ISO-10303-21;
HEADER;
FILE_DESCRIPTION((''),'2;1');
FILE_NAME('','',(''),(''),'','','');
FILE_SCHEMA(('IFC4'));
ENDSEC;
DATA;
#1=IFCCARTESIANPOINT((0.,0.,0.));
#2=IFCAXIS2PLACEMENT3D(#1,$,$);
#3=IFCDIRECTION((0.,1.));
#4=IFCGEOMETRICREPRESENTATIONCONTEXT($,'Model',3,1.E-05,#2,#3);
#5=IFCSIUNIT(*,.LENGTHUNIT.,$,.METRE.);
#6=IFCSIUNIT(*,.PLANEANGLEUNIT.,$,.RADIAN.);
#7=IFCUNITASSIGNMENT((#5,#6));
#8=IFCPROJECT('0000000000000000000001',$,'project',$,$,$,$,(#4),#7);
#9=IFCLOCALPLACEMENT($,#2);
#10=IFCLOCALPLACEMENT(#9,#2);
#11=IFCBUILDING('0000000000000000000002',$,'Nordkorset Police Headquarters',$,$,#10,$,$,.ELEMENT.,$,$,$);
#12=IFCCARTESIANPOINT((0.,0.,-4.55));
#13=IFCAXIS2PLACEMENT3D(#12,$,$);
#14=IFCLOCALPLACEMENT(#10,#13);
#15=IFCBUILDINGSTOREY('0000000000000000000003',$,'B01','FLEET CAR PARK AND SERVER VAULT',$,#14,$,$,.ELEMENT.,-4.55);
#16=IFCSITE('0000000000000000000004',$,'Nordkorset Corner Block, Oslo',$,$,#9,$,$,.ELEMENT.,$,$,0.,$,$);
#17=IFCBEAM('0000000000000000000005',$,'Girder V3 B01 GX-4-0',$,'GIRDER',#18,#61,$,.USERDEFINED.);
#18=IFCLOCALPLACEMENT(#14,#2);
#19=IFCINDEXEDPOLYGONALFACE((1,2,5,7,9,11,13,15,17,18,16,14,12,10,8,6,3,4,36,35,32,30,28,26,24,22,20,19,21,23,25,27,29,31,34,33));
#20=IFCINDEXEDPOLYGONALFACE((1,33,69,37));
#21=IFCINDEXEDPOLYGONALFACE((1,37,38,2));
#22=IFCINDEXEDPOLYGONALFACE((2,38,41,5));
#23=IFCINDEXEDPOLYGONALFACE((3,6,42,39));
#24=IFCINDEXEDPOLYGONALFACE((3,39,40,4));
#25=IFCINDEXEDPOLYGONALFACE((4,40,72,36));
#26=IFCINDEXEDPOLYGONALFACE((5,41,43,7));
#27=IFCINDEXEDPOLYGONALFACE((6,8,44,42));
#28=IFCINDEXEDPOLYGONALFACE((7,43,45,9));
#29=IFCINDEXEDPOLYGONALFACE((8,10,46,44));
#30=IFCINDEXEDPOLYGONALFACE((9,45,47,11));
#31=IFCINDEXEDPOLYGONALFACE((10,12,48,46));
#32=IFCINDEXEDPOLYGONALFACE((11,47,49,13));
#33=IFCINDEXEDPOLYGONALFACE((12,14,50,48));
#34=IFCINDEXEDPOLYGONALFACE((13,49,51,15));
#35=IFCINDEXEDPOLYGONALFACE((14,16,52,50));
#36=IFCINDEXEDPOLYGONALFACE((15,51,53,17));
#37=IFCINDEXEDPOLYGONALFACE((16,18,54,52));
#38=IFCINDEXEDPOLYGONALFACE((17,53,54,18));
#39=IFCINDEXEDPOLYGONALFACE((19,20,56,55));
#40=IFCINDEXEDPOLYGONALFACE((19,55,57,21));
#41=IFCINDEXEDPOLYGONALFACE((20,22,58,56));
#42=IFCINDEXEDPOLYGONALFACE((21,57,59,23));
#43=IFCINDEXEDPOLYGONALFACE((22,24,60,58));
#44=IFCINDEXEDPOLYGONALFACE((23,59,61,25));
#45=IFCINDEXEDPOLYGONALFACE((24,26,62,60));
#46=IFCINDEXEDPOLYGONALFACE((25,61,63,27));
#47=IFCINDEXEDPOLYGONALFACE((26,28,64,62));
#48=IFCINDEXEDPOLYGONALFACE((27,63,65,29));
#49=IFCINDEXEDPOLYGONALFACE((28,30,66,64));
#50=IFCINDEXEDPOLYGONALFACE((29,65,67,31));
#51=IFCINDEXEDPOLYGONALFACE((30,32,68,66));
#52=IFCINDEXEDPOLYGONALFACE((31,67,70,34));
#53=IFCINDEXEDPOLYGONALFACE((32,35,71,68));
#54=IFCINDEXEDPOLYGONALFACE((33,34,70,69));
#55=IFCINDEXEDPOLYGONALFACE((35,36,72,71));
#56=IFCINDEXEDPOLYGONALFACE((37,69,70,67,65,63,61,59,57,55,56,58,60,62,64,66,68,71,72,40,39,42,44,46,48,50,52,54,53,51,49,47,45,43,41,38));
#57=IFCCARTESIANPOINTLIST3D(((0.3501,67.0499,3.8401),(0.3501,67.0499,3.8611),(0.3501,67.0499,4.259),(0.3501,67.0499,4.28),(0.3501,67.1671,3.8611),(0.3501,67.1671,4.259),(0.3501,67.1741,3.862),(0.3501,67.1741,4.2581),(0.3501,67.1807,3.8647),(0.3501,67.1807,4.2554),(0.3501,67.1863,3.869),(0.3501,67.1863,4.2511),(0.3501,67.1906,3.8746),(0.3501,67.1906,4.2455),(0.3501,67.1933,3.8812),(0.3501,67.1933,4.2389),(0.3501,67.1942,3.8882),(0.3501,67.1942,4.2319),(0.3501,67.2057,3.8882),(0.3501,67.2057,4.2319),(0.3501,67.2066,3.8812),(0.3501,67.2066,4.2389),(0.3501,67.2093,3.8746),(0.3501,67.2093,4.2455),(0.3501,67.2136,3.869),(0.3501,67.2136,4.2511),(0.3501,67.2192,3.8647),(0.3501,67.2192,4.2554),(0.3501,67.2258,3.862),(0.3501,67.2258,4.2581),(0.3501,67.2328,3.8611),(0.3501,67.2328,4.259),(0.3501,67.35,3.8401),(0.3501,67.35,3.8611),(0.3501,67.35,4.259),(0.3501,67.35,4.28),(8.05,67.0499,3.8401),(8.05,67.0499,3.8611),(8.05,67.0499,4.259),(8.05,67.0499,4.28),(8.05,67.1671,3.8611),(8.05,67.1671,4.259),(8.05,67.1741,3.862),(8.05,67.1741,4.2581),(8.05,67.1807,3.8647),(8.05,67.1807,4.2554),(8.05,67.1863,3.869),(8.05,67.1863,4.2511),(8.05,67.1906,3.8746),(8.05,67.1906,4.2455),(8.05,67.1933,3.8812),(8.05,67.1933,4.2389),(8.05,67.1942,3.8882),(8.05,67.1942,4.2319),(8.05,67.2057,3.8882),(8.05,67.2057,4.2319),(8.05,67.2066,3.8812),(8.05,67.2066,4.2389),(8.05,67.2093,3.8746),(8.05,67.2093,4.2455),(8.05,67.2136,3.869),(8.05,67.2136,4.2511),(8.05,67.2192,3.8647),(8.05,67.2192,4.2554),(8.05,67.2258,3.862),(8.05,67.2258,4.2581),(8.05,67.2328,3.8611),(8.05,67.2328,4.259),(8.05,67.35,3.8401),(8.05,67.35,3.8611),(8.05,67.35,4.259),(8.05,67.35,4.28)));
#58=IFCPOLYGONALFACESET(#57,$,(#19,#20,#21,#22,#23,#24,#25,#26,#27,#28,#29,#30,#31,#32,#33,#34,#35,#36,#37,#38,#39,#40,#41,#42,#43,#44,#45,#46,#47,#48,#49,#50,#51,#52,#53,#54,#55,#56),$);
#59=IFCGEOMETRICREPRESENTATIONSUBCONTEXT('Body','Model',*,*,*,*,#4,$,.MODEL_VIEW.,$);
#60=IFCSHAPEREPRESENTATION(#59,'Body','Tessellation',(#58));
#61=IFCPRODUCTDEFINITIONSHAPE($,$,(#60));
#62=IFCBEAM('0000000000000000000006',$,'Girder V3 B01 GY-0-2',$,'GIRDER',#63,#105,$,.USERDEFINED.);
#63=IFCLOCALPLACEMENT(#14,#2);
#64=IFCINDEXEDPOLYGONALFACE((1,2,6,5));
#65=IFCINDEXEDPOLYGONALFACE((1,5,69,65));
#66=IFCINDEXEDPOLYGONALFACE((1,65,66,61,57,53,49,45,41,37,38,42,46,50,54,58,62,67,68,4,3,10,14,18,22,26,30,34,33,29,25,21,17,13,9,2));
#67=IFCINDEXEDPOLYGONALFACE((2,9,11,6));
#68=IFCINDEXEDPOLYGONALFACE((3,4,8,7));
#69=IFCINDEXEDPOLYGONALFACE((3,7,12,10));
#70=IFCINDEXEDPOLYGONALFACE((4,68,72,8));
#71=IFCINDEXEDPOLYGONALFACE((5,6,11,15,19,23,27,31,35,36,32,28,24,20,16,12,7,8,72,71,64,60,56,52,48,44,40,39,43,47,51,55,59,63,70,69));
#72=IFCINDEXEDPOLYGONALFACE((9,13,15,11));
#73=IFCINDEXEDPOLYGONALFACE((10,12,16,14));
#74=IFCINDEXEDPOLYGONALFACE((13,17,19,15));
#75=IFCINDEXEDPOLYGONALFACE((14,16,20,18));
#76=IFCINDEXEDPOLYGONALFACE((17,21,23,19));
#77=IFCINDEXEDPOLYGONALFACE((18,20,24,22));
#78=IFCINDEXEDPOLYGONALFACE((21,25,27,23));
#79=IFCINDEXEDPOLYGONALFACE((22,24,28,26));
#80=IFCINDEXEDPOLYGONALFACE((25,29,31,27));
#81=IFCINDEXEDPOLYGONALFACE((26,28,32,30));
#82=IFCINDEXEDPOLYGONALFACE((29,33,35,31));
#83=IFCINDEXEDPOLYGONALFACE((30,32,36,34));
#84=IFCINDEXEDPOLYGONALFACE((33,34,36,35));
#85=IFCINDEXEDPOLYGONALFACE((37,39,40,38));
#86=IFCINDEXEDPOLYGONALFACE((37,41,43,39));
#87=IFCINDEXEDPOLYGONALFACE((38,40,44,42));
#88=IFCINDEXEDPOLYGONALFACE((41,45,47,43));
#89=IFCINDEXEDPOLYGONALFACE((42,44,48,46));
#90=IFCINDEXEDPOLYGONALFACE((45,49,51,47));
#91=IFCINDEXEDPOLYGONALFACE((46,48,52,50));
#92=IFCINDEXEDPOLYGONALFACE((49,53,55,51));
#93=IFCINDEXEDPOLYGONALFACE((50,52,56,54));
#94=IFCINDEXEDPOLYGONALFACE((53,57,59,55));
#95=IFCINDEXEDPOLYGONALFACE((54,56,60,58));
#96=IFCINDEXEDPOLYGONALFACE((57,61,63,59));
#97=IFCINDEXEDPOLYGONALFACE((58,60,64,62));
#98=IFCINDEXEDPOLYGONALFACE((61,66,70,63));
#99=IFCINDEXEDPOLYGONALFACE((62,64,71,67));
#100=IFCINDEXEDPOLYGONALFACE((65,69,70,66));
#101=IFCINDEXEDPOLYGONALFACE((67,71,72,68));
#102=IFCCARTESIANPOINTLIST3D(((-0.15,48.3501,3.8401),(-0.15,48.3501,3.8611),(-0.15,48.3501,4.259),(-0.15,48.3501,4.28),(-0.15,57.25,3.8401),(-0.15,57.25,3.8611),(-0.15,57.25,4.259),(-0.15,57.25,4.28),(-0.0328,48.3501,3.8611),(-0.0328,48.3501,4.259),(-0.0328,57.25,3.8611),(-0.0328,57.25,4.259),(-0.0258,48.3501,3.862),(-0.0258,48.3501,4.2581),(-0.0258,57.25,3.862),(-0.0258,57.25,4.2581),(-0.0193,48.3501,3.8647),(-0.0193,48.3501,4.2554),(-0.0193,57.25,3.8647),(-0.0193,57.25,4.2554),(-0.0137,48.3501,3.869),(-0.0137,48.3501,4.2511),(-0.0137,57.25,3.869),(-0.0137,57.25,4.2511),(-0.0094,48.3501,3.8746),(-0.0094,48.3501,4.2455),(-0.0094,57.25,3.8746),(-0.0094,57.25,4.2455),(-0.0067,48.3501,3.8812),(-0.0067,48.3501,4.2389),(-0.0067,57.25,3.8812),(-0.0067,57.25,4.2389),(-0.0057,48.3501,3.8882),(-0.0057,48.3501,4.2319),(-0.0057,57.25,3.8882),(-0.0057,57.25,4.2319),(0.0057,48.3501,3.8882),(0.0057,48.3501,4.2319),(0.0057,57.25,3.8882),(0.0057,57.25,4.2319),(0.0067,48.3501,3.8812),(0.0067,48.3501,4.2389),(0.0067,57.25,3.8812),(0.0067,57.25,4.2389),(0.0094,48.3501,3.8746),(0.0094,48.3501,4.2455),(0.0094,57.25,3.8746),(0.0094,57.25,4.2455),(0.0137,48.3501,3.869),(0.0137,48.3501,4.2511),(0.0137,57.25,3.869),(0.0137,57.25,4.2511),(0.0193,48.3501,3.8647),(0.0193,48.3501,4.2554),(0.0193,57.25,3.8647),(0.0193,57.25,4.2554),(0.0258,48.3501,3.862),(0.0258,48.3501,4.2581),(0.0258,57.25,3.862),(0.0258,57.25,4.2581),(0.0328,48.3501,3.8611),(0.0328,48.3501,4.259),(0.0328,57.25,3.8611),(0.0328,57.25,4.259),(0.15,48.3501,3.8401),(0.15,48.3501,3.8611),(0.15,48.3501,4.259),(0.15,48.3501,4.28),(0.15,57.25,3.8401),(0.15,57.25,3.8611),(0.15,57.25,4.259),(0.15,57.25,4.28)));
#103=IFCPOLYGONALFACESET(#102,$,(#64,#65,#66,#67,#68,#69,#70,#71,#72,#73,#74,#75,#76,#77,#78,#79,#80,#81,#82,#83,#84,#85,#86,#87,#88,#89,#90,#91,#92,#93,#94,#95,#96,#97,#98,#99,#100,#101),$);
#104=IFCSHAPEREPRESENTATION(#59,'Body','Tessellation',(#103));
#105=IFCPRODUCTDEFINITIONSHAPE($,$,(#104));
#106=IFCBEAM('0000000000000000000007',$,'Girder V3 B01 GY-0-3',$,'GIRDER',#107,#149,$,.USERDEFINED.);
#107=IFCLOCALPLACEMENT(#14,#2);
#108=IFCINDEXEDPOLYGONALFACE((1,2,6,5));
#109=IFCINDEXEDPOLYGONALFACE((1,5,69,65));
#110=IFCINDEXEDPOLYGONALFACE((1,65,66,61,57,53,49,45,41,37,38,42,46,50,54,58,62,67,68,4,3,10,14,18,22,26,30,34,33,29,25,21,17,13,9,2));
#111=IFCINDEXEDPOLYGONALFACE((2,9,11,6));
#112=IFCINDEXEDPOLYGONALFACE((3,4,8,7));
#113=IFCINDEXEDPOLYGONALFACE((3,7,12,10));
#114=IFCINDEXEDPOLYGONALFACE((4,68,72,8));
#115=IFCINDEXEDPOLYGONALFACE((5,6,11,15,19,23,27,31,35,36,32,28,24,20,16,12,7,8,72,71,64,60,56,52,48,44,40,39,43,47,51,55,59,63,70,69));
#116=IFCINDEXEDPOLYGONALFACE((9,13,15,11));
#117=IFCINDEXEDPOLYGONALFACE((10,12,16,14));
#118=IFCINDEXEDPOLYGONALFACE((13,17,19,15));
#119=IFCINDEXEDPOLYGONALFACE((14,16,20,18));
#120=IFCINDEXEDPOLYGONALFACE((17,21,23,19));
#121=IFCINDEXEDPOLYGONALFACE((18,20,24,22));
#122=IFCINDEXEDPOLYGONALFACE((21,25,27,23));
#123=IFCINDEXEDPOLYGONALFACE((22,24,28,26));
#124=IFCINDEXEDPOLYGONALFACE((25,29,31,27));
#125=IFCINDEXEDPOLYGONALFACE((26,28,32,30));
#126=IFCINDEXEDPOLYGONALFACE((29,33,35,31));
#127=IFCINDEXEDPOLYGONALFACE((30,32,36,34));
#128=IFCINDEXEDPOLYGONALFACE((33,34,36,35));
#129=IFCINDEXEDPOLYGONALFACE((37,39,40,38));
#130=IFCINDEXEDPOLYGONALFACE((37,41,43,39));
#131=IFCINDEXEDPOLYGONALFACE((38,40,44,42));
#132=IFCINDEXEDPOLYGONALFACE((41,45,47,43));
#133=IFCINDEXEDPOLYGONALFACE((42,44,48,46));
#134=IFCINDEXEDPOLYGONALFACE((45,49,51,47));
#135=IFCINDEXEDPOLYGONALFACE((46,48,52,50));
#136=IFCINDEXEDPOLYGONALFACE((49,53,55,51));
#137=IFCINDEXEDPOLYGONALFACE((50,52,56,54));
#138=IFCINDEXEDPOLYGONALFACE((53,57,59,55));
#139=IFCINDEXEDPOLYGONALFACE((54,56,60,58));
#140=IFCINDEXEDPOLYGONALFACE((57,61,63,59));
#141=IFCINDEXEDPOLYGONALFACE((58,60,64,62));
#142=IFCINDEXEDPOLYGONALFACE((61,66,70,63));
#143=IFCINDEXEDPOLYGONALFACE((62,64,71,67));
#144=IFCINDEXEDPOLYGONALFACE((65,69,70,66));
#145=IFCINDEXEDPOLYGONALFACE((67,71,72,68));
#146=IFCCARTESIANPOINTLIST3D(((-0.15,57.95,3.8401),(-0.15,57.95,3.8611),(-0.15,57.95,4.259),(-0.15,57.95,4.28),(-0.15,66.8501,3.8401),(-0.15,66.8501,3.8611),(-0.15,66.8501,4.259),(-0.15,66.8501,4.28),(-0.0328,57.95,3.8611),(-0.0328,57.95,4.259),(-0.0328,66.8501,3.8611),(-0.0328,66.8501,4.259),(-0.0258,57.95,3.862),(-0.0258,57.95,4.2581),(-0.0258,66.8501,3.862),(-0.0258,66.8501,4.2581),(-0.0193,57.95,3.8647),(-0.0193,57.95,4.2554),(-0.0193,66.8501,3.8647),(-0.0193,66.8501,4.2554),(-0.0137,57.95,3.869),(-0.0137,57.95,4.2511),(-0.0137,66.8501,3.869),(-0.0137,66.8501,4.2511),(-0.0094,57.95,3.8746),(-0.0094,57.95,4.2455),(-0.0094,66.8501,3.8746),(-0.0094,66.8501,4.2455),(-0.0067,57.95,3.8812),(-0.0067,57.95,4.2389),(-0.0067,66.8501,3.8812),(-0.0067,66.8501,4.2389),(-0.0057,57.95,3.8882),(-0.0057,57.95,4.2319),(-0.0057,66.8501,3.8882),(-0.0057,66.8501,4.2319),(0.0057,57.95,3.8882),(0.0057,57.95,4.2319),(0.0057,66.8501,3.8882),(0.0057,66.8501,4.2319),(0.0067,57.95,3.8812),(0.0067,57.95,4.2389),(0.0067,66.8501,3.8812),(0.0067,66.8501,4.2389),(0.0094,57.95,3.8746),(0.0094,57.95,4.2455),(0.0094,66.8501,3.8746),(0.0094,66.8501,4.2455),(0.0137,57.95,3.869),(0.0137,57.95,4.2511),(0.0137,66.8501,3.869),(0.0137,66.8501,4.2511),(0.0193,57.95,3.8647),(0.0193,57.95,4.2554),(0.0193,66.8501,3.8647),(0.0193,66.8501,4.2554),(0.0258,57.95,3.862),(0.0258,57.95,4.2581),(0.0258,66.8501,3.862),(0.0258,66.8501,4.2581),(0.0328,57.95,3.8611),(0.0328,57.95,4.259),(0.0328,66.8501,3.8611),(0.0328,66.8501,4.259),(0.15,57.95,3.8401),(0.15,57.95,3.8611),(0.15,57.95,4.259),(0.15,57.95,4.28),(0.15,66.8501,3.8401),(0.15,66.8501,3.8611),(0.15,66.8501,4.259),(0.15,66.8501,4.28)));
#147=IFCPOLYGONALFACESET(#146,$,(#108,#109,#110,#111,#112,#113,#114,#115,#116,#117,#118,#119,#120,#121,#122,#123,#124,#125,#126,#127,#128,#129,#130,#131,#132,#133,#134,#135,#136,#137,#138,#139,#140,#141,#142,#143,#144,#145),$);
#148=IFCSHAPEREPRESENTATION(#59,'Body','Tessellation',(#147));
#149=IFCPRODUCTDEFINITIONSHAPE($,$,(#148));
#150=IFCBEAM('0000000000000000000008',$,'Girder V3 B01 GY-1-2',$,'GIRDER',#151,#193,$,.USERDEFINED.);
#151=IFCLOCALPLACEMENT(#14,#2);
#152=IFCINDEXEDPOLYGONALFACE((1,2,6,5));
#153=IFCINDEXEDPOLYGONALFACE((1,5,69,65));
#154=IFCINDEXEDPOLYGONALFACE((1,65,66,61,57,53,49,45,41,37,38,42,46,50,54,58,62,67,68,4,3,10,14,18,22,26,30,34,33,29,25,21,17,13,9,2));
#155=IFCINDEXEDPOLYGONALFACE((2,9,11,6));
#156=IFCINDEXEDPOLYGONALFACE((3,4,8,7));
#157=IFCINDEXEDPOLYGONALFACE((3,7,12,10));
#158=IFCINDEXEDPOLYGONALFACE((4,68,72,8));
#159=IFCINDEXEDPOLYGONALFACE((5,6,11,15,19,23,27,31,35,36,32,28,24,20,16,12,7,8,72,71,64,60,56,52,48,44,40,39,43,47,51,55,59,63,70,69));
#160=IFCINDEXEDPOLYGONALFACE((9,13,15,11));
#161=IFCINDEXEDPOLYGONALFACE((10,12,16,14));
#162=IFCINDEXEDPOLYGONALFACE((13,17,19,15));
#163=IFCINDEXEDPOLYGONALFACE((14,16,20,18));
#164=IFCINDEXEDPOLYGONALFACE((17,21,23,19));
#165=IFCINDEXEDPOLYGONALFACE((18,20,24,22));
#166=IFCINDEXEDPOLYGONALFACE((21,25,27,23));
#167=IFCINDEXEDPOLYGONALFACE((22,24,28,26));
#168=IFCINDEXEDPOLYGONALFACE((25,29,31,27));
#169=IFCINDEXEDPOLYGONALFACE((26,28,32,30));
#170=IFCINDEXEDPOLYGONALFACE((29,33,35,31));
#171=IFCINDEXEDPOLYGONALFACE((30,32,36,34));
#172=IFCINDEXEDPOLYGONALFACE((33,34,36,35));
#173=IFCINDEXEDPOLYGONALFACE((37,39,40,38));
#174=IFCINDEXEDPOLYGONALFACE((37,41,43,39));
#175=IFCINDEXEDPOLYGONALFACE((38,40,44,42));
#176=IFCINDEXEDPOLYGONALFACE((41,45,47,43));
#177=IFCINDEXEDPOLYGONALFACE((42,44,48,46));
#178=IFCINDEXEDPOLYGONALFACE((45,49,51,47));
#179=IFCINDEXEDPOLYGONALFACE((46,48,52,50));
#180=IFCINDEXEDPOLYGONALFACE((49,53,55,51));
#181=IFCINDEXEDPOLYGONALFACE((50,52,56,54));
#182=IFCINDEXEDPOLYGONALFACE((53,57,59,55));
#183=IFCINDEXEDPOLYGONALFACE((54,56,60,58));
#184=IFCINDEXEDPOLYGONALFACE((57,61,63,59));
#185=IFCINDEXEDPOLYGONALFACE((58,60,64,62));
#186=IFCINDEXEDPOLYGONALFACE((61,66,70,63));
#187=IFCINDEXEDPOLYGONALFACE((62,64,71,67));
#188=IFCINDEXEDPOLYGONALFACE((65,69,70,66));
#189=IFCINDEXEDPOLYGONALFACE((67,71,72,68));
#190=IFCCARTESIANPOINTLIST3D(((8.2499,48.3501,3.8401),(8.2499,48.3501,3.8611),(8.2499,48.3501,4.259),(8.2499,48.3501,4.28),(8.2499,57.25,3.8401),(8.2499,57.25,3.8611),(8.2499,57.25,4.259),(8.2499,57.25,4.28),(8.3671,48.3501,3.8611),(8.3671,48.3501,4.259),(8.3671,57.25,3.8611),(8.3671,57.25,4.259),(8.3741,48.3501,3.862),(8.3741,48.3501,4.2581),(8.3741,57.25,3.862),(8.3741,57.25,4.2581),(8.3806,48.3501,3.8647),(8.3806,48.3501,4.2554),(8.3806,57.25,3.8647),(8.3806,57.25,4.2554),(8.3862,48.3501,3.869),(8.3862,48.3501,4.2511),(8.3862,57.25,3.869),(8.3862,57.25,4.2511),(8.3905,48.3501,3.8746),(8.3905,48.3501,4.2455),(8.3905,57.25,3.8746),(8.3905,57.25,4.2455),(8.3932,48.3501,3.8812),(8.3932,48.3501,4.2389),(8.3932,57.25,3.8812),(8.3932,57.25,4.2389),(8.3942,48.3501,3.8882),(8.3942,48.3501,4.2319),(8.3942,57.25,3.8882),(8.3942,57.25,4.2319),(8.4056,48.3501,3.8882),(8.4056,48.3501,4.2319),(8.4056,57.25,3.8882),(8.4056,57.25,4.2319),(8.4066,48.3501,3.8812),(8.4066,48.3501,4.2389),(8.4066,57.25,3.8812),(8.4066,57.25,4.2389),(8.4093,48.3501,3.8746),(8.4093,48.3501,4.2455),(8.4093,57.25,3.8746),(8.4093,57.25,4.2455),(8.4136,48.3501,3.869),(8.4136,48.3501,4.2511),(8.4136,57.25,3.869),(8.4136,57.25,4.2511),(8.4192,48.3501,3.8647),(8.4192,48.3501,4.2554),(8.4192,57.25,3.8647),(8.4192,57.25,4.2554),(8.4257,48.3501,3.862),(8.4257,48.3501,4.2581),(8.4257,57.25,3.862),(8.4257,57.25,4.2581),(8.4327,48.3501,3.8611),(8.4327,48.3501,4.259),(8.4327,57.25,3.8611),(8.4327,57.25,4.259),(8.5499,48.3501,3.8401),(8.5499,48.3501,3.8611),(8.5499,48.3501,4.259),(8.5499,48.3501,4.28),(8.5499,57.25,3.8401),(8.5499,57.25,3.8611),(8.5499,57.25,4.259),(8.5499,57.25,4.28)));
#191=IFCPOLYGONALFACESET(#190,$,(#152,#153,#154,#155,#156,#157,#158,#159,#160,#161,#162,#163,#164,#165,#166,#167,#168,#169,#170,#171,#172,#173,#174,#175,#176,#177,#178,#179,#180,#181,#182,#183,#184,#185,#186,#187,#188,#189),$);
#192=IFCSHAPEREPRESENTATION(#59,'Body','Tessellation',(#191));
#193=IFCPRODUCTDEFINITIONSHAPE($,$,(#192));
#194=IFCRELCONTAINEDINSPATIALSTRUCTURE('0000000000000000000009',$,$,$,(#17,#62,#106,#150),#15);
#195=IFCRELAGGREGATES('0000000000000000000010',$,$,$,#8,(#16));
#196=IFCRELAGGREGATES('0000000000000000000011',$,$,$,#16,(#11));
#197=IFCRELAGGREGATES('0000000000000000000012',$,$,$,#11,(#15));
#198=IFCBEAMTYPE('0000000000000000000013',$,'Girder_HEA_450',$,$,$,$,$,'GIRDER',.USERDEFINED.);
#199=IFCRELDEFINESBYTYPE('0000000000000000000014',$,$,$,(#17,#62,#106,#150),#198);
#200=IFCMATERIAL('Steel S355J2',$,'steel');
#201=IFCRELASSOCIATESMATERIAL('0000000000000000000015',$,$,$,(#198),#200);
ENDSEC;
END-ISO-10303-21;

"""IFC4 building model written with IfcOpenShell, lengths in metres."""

from ifc_helpers import new_model, si_unit, direction, frame, origin, origin_2d, place, context, subcontext, project, spatial, i_section, extrude, material, material_profile, profile_set, type_object, element, save


model = new_model("IFC4")

# Units and contexts
model_context = context("Model", 3, precision=1e-05, world=origin(), true_north=direction((0.0, 1.0)))
body_context = subcontext(model_context, "Body", "Model", "MODEL_VIEW")
ifc_project = project(units=[si_unit("LENGTHUNIT", "METRE"), si_unit("PLANEANGLEUNIT", "RADIAN")], contexts=[model_context])

# Site, building, storey
site_placement = place(None, origin())
site = spatial("IfcSite", under=ifc_project, at=site_placement, Name="Nordkorset Corner Block, Oslo", CompositionType="ELEMENT", RefElevation=0.0)
building_placement = place(site_placement, origin())
building = spatial("IfcBuilding", under=site, at=building_placement, Name="Nordkorset Police Headquarters", CompositionType="ELEMENT")
storey_placement = place(building_placement, frame((0.0, 0.0, -4.55)))
storey = spatial("IfcBuildingStorey", under=building, at=storey_placement, Name="B01", Description="FLEET CAR PARK AND SERVER VAULT", CompositionType="ELEMENT", Elevation=-4.55)

# Beams
ifc_material_1 = material(Name="Steel S355J2", Category="steel")
ifc_material_profile_1 = material_profile(ifc_material_1, i_section(OverallWidth=0.3, OverallDepth=0.4399, WebThickness=0.0115, FlangeThickness=0.021, FilletRadius=0.0271, at=origin_2d()), Name="HEA 450")
ifc_profile_set_1 = profile_set([ifc_material_profile_1], Name="Steel S355J2")
beam_type_1 = type_object("IfcBeamType", Name="Girder_HEA_450", ElementType="GIRDER", PredefinedType="USERDEFINED", material=ifc_profile_set_1)
beam_1_placement = place(storey_placement, frame((0.3501, 67.2, 4.0601), z_axis=(1.0, 0.0, 0.0), x_axis=(0.0, 1.0, 0.0)))
element("IfcBeam", 1, at=beam_1_placement, inside=storey, type_object=beam_type_1, Name="Girder V3 B01 GX-4-0", ObjectType="GIRDER", PredefinedType="USERDEFINED", context=body_context, shape_type="SweptSolid", body=[
    extrude(i_section(OverallWidth=0.3, OverallDepth=0.4399, WebThickness=0.0115, FlangeThickness=0.021, FilletRadius=0.0271, at=origin_2d()), origin(), (0.0, 0.0, 1.0), 7.7),
])
beam_2_placement = place(storey_placement, frame((0.0, 48.3501, 4.0601), z_axis=(0.0, 1.0, 0.0), x_axis=(-1.0, 0.0, 0.0)))
element("IfcBeam", 2, at=beam_2_placement, inside=storey, type_object=beam_type_1, Name="Girder V3 B01 GY-0-2", ObjectType="GIRDER", PredefinedType="USERDEFINED", context=body_context, shape_type="SweptSolid", body=[
    extrude(i_section(OverallWidth=0.3, OverallDepth=0.4399, WebThickness=0.0115, FlangeThickness=0.021, FilletRadius=0.0271, at=origin_2d()), origin(), (0.0, 0.0, 1.0), 8.8999),
])
beam_3_placement = place(storey_placement, frame((0.0, 57.95, 4.0601), z_axis=(0.0, 1.0, 0.0), x_axis=(-1.0, 0.0, 0.0)))
element("IfcBeam", 3, at=beam_3_placement, inside=storey, type_object=beam_type_1, Name="Girder V3 B01 GY-0-3", ObjectType="GIRDER", PredefinedType="USERDEFINED", context=body_context, shape_type="SweptSolid", body=[
    extrude(i_section(OverallWidth=0.3, OverallDepth=0.4399, WebThickness=0.0115, FlangeThickness=0.021, FilletRadius=0.0271, at=origin_2d()), origin(), (0.0, 0.0, 1.0), 8.9001),
])
beam_4_placement = place(storey_placement, frame((8.3999, 48.3501, 4.0601), z_axis=(0.0, 1.0, 0.0), x_axis=(-1.0, 0.0, 0.0)))
element("IfcBeam", 4, at=beam_4_placement, inside=storey, type_object=beam_type_1, Name="Girder V3 B01 GY-1-2", ObjectType="GIRDER", PredefinedType="USERDEFINED", context=body_context, shape_type="SweptSolid", body=[
    extrude(i_section(OverallWidth=0.3, OverallDepth=0.4399, WebThickness=0.0115, FlangeThickness=0.021, FilletRadius=0.0271, at=origin_2d()), origin(), (0.0, 0.0, 1.0), 8.8999),
])

save(model, "model.ifc")
